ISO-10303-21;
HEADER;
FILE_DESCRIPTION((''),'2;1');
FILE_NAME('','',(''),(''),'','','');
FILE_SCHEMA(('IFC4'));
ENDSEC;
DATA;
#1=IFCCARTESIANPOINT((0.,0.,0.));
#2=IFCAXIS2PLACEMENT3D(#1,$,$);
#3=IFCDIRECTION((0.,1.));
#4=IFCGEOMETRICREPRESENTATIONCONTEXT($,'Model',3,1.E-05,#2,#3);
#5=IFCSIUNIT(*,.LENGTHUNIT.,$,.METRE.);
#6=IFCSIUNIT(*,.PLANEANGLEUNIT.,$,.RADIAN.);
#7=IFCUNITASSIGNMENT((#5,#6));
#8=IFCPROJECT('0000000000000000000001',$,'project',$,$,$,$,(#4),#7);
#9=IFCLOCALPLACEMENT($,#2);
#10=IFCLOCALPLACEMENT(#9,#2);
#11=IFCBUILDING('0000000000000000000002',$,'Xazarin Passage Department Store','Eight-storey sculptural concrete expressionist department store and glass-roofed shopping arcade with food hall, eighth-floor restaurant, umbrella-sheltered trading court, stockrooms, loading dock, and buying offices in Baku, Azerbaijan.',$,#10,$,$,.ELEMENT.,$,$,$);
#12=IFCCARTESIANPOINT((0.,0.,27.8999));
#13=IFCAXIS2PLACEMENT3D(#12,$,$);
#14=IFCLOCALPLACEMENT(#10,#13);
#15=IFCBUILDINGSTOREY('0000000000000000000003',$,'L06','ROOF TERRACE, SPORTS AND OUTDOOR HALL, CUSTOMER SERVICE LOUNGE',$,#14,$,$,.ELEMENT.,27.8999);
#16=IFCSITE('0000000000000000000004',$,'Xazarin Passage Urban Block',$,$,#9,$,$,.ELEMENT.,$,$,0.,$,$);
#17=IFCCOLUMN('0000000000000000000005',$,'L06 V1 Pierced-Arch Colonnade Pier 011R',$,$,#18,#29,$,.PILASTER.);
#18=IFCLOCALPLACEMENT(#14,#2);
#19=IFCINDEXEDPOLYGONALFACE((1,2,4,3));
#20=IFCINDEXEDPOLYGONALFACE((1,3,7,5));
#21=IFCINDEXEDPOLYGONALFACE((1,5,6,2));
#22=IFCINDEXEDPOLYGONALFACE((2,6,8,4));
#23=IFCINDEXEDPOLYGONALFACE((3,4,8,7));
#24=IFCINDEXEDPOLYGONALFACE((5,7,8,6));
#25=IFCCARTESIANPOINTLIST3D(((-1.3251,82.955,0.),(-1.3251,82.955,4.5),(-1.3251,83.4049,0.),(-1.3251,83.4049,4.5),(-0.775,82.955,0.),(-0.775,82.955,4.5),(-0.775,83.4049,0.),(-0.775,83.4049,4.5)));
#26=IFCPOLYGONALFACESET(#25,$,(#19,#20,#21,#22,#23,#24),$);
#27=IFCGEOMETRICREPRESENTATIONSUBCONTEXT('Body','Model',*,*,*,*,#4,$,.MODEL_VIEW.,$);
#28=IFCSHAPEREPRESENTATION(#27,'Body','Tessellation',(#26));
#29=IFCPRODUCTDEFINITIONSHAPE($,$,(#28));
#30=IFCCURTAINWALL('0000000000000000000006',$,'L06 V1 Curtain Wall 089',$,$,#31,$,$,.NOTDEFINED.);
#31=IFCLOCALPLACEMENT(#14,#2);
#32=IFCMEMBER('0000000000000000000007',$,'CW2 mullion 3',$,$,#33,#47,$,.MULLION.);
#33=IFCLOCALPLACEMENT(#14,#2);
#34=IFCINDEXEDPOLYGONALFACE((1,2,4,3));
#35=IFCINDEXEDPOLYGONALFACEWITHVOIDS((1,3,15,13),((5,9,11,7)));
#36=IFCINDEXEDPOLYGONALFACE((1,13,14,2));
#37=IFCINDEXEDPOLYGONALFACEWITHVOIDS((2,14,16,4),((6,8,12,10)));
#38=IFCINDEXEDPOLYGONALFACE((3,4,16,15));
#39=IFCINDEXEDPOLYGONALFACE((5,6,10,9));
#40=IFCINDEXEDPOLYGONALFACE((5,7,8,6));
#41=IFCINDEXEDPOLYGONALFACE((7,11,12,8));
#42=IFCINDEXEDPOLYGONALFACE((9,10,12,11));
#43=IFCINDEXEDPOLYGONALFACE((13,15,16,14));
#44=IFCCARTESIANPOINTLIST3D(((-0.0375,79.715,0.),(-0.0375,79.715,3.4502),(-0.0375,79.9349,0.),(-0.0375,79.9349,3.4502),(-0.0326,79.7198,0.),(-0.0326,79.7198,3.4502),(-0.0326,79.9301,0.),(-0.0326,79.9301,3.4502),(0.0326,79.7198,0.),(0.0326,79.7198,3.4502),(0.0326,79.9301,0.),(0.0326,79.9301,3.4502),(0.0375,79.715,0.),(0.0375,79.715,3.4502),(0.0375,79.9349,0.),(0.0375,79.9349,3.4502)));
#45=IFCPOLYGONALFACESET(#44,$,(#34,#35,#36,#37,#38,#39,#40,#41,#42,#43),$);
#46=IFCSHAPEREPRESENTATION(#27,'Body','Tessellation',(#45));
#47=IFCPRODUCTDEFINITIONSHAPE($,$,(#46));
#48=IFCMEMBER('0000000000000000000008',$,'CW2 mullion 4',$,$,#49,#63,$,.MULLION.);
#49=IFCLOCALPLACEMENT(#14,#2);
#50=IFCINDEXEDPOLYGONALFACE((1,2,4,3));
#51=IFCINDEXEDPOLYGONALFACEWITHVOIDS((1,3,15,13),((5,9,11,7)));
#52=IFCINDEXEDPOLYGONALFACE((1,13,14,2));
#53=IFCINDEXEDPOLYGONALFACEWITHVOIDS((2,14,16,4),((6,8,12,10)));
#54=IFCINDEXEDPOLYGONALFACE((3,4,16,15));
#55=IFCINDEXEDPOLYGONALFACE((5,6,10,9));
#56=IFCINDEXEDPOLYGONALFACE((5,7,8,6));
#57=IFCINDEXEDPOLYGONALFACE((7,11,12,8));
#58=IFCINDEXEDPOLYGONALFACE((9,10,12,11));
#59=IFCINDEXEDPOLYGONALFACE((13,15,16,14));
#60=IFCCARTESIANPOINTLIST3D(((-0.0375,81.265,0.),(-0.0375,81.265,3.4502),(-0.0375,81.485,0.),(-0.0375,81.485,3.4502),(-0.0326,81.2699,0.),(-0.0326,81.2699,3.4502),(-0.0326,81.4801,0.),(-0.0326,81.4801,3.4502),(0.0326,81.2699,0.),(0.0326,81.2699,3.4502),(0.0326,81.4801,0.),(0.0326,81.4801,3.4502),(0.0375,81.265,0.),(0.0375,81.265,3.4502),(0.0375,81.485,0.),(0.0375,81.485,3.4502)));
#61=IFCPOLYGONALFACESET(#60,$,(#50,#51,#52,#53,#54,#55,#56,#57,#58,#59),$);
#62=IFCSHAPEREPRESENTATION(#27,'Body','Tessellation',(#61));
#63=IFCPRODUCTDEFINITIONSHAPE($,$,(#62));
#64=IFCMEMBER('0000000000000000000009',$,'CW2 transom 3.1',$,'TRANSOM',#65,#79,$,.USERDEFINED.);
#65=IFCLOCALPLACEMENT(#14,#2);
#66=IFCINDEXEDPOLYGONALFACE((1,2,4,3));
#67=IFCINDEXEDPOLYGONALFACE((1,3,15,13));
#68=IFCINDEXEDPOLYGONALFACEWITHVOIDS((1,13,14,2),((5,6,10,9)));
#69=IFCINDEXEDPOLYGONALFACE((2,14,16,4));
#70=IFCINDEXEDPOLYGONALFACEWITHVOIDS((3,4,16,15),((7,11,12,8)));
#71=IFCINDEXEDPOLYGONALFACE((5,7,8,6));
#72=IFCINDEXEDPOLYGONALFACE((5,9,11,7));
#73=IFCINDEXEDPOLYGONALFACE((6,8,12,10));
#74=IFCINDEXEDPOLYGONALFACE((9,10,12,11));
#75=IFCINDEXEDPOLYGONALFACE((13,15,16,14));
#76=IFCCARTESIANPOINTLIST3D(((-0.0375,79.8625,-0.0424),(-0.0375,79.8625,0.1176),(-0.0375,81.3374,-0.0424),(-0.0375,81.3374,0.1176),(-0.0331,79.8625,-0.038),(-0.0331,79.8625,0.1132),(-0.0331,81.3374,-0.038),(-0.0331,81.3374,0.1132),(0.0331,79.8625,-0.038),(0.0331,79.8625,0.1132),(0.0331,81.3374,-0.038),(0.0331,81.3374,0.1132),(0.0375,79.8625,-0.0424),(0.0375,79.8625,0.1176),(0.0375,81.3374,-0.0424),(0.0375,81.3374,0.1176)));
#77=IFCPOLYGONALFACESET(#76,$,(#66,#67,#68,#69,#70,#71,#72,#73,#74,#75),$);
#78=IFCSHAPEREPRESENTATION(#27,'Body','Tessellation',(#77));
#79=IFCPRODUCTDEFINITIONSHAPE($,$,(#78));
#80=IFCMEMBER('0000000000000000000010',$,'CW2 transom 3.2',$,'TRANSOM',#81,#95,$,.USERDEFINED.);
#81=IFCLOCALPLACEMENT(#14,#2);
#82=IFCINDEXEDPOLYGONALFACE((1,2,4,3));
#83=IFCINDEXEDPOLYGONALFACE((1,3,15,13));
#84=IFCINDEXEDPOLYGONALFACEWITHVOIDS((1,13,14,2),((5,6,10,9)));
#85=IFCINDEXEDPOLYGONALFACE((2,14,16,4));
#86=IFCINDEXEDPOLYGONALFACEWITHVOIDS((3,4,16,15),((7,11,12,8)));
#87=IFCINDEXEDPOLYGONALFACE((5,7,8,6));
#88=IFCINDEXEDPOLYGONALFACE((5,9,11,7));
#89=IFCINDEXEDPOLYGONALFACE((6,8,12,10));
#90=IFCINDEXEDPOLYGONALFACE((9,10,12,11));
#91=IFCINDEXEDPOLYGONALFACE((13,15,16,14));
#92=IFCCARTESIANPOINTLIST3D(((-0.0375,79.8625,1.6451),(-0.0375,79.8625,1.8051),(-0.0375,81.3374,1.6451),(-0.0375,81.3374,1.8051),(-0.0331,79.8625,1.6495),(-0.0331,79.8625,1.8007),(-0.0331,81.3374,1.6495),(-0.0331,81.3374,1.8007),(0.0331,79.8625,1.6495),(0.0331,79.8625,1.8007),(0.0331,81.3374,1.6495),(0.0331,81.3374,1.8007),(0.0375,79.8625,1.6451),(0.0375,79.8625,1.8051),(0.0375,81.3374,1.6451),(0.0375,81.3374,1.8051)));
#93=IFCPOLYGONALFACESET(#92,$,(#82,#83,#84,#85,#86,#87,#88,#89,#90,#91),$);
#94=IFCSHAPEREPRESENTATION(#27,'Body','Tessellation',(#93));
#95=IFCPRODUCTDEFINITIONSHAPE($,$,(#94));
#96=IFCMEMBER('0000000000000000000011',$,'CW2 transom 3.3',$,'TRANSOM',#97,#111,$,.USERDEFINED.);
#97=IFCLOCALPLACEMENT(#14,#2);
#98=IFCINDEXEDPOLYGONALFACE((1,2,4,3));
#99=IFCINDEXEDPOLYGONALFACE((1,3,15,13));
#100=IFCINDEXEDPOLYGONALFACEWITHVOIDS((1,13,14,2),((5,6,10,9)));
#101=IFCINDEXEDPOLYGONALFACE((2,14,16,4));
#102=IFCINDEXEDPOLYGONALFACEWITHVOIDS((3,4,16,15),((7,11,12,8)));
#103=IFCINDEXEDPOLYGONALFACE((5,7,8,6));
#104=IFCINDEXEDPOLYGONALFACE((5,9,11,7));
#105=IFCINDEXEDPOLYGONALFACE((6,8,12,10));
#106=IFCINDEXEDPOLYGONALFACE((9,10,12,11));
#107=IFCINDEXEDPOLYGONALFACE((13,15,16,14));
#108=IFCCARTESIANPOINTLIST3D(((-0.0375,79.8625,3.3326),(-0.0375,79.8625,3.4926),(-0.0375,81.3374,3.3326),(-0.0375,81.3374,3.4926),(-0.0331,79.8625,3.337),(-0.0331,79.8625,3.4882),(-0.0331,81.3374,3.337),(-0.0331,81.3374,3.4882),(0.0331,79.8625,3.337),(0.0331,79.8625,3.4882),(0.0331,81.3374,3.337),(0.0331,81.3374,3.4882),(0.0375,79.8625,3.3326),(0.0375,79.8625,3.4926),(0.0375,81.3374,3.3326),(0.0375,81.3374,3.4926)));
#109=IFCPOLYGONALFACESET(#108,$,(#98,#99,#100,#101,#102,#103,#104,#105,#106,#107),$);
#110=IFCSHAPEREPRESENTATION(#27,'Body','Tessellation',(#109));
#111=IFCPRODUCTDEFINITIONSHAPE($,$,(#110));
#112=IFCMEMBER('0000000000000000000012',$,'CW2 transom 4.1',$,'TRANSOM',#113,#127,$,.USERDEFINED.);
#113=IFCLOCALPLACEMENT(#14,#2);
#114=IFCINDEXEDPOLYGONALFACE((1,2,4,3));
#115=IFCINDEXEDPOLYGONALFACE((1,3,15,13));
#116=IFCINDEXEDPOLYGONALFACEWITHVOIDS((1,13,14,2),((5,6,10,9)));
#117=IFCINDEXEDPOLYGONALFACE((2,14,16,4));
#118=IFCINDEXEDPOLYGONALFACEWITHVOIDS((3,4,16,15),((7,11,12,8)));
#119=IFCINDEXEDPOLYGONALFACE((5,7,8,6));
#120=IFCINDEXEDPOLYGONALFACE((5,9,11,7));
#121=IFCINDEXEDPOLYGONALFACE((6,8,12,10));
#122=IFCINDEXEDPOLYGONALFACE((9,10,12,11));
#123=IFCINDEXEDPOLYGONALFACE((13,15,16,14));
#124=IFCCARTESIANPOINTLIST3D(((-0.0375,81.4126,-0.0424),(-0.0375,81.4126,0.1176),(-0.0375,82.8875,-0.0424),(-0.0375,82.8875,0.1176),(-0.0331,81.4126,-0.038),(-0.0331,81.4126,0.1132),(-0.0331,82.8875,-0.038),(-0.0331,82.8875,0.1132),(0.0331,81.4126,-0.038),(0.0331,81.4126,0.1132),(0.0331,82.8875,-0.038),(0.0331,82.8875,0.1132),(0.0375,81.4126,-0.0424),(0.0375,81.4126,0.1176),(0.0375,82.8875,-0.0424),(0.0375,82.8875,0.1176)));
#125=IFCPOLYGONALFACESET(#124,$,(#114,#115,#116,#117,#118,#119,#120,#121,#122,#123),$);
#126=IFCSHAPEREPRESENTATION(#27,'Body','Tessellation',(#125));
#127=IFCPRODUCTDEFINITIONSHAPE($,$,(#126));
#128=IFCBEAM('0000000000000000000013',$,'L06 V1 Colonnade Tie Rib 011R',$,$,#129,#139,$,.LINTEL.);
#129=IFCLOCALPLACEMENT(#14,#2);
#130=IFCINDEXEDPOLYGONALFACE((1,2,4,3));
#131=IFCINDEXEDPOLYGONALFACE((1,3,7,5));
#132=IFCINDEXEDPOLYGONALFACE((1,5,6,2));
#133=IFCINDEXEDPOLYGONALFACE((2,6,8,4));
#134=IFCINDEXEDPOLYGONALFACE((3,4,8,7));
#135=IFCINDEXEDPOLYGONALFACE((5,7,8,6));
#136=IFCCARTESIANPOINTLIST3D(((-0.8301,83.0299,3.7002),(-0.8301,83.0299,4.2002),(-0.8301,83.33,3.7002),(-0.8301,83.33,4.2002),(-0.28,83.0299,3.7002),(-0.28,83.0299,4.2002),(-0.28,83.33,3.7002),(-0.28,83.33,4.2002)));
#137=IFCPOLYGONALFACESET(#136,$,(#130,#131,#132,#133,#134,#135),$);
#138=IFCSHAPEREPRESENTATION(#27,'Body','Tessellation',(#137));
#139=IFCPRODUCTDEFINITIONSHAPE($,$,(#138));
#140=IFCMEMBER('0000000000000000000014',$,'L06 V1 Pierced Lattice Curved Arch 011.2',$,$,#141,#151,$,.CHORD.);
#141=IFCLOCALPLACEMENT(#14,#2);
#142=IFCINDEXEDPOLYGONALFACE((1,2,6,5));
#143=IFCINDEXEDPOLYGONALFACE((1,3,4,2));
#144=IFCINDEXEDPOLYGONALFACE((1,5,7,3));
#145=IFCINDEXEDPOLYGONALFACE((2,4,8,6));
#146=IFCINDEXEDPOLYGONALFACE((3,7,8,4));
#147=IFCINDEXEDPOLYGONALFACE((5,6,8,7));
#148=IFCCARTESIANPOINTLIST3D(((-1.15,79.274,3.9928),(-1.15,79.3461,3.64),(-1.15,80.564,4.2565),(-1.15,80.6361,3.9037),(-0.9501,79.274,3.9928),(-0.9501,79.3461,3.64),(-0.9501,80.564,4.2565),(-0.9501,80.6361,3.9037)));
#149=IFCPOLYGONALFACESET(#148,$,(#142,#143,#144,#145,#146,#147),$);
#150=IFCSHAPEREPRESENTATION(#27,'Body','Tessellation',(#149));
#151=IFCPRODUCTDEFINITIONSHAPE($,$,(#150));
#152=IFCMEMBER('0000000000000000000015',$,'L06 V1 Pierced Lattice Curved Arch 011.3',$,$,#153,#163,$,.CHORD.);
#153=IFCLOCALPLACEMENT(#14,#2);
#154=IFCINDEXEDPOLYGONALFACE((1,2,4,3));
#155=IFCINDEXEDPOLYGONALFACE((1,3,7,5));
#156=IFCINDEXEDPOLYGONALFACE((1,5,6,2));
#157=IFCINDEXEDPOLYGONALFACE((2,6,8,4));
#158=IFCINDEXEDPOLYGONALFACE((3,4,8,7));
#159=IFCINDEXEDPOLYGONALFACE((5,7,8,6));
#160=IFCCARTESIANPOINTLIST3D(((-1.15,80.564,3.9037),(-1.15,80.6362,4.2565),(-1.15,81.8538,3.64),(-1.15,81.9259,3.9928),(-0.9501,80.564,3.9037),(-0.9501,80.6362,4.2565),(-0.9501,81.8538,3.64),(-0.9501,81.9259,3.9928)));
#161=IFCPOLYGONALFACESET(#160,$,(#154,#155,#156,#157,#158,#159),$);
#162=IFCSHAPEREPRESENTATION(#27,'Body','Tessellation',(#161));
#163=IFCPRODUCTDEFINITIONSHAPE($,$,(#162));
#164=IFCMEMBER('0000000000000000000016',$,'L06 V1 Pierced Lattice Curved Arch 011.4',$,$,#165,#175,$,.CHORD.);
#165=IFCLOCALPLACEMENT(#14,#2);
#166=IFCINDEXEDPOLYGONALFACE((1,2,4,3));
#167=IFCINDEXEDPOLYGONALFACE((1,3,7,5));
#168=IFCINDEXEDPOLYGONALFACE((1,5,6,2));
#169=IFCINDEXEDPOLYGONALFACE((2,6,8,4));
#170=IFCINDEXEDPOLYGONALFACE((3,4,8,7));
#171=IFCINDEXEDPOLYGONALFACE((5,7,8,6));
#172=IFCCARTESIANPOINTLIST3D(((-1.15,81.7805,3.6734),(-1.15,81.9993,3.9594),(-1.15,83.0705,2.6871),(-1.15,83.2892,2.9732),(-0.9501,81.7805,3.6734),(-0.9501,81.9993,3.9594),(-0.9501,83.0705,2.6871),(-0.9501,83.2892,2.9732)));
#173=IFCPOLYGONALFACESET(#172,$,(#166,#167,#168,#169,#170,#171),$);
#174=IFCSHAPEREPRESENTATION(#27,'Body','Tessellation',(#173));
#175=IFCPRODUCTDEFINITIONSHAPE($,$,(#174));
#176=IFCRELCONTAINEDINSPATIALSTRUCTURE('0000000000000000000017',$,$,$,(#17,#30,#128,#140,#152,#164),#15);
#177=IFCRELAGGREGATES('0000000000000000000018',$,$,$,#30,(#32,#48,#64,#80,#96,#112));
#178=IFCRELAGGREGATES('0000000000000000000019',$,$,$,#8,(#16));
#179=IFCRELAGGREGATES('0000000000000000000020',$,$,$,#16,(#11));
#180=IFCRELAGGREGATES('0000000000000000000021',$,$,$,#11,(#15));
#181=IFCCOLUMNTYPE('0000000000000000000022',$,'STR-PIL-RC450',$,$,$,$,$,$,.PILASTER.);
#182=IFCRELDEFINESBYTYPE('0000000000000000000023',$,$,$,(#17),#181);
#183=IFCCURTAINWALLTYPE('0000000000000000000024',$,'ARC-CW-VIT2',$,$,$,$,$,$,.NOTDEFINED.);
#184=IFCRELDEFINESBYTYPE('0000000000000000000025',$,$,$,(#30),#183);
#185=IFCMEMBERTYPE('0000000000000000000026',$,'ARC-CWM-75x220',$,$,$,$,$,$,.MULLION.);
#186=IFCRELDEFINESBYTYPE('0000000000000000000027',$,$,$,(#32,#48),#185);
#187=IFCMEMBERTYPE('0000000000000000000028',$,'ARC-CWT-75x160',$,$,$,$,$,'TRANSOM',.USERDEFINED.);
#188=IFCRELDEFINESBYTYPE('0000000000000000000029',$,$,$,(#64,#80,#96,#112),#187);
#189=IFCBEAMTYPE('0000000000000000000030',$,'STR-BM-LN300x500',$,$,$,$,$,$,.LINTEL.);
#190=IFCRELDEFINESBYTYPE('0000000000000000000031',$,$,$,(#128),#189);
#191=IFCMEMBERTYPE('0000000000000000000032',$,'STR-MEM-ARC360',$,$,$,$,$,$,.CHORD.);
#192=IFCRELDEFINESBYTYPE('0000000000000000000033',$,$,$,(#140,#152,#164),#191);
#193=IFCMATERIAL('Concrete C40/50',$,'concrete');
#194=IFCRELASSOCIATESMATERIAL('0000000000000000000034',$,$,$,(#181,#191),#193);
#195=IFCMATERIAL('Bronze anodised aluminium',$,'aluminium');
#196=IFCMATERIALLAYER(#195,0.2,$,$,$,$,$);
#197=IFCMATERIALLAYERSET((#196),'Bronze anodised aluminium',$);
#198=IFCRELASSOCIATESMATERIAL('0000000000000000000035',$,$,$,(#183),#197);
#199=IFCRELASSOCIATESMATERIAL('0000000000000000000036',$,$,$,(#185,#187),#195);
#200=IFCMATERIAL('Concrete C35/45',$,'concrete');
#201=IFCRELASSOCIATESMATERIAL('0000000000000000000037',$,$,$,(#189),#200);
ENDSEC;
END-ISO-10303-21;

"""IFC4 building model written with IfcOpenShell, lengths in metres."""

from ifc_helpers import new_model, si_unit, direction, frame, origin, origin_2d, place, context, subcontext, project, spatial, rectangle, hollow_rectangle, extrude, material, layer, layer_set, material_profile, profile_set, type_object, element, aggregate, save


model = new_model("IFC4")

# Units and contexts
model_context = context("Model", 3, precision=1e-05, world=origin(), true_north=direction((0.0, 1.0)))
body_context = subcontext(model_context, "Body", "Model", "MODEL_VIEW")
ifc_project = project(units=[si_unit("LENGTHUNIT", "METRE"), si_unit("PLANEANGLEUNIT", "RADIAN")], contexts=[model_context])

# Site, building, storey
site_placement = place(None, origin())
site = spatial("IfcSite", under=ifc_project, at=site_placement, Name="Xazarin Passage Urban Block", CompositionType="ELEMENT", RefElevation=0.0)
building_placement = place(site_placement, origin())
building = spatial("IfcBuilding", under=site, at=building_placement, Name="Xazarin Passage Department Store", Description="Eight-storey sculptural concrete expressionist department store and glass-roofed shopping arcade with food hall, eighth-floor restaurant, umbrella-sheltered trading court, stockrooms, loading dock, and buying offices in Baku, Azerbaijan.", CompositionType="ELEMENT")
storey_placement = place(building_placement, frame((0.0, 0.0, 27.8999)))
storey = spatial("IfcBuildingStorey", under=building, at=storey_placement, Name="L06", Description="ROOF TERRACE, SPORTS AND OUTDOOR HALL, CUSTOMER SERVICE LOUNGE", CompositionType="ELEMENT", Elevation=27.8999)

# Column
ifc_material_1 = material(Name="Concrete C40/50", Category="concrete")
ifc_material_profile_1 = material_profile(ifc_material_1, rectangle(XDim=0.45, YDim=0.55, at=origin_2d()), Name="RC 450x550")
ifc_profile_set_1 = profile_set([ifc_material_profile_1], Name="Concrete C40/50")
column_type = type_object("IfcColumnType", Name="STR-PIL-RC450", PredefinedType="PILASTER", material=ifc_profile_set_1)
column_placement = place(storey_placement, frame((-1.05, 83.1799, 0.0), z_axis=(0.0, 0.0, 1.0), x_axis=(0.0, 1.0, 0.0)))
element("IfcColumn", 1, at=column_placement, inside=storey, type_object=column_type, Name="L06 V1 Pierced-Arch Colonnade Pier 011R", PredefinedType="PILASTER", context=body_context, shape_type="SweptSolid", body=[
    extrude(rectangle(XDim=0.45, YDim=0.55, at=origin_2d()), origin(), (0.0, 0.0, 1.0), 4.5),
])

# Curtain wall, members
ifc_material_2 = material(Name="Bronze anodised aluminium", Category="aluminium")
ifc_layer_1 = layer(ifc_material_2, 0.2)
ifc_layer_set_1 = layer_set([ifc_layer_1], Name="Bronze anodised aluminium")
curtain_wall_type = type_object("IfcCurtainWallType", Name="ARC-CW-VIT2", PredefinedType="NOTDEFINED", material=ifc_layer_set_1)
curtain_wall_placement = place(storey_placement, origin())
curtain_wall = element("IfcCurtainWall", 2, at=curtain_wall_placement, inside=storey, type_object=curtain_wall_type, Name="L06 V1 Curtain Wall 089", PredefinedType="NOTDEFINED")
ifc_material_profile_2 = material_profile(ifc_material_2, hollow_rectangle(XDim=0.075, YDim=0.22, WallThickness=0.0049, at=origin_2d()), Name="ALU 75x220")
ifc_profile_set_2 = profile_set([ifc_material_profile_2], Name="Bronze anodised aluminium")
member_type_1 = type_object("IfcMemberType", Name="ARC-CWM-75x220", PredefinedType="MULLION", material=ifc_profile_set_2)
member_1_placement = place(storey_placement, frame((0.0, 79.825, 0.0), z_axis=(0.0, 0.0, 1.0), x_axis=(-1.0, 0.0, 0.0)))
member_1 = element("IfcMember", 3, at=member_1_placement, type_object=member_type_1, Name="CW2 mullion 3", PredefinedType="MULLION", context=body_context, shape_type="SweptSolid", body=[
    extrude(hollow_rectangle(XDim=0.075, YDim=0.22, WallThickness=0.0049, at=origin_2d()), origin(), (0.0, 0.0, 1.0), 3.4502),
])
member_2_placement = place(storey_placement, frame((0.0, 81.375, 0.0), z_axis=(0.0, 0.0, 1.0), x_axis=(-1.0, 0.0, 0.0)))
member_2 = element("IfcMember", 4, at=member_2_placement, type_object=member_type_1, Name="CW2 mullion 4", PredefinedType="MULLION", context=body_context, shape_type="SweptSolid", body=[
    extrude(hollow_rectangle(XDim=0.075, YDim=0.22, WallThickness=0.0049, at=origin_2d()), origin(), (0.0, 0.0, 1.0), 3.4502),
])
ifc_material_profile_3 = material_profile(ifc_material_2, hollow_rectangle(XDim=0.075, YDim=0.1599, WallThickness=0.0044, at=origin_2d()), Name="ALU 75x160")
ifc_profile_set_3 = profile_set([ifc_material_profile_3], Name="Bronze anodised aluminium")
member_type_2 = type_object("IfcMemberType", Name="ARC-CWT-75x160", ElementType="TRANSOM", PredefinedType="USERDEFINED", material=ifc_profile_set_3)
member_3_placement = place(storey_placement, frame((0.0, 79.8625, 0.0376), z_axis=(0.0, 1.0, 0.0), x_axis=(-1.0, 0.0, 0.0)))
member_3 = element("IfcMember", 5, at=member_3_placement, type_object=member_type_2, Name="CW2 transom 3.1", ObjectType="TRANSOM", PredefinedType="USERDEFINED", context=body_context, shape_type="SweptSolid", body=[
    extrude(hollow_rectangle(XDim=0.075, YDim=0.1599, WallThickness=0.0044, at=origin_2d()), origin(), (0.0, 0.0, 1.0), 1.4749),
])
member_4_placement = place(storey_placement, frame((0.0, 79.8625, 1.7251), z_axis=(0.0, 1.0, 0.0), x_axis=(-1.0, 0.0, 0.0)))
member_4 = element("IfcMember", 6, at=member_4_placement, type_object=member_type_2, Name="CW2 transom 3.2", ObjectType="TRANSOM", PredefinedType="USERDEFINED", context=body_context, shape_type="SweptSolid", body=[
    extrude(hollow_rectangle(XDim=0.075, YDim=0.1599, WallThickness=0.0044, at=origin_2d()), origin(), (0.0, 0.0, 1.0), 1.4749),
])
member_5_placement = place(storey_placement, frame((0.0, 79.8625, 3.4126), z_axis=(0.0, 1.0, 0.0), x_axis=(-1.0, 0.0, 0.0)))
member_5 = element("IfcMember", 7, at=member_5_placement, type_object=member_type_2, Name="CW2 transom 3.3", ObjectType="TRANSOM", PredefinedType="USERDEFINED", context=body_context, shape_type="SweptSolid", body=[
    extrude(hollow_rectangle(XDim=0.075, YDim=0.1599, WallThickness=0.0044, at=origin_2d()), origin(), (0.0, 0.0, 1.0), 1.4749),
])
member_6_placement = place(storey_placement, frame((0.0, 81.4126, 0.0376), z_axis=(0.0, 1.0, 0.0), x_axis=(-1.0, 0.0, 0.0)))
member_6 = element("IfcMember", 8, at=member_6_placement, type_object=member_type_2, Name="CW2 transom 4.1", ObjectType="TRANSOM", PredefinedType="USERDEFINED", context=body_context, shape_type="SweptSolid", body=[
    extrude(hollow_rectangle(XDim=0.075, YDim=0.1599, WallThickness=0.0044, at=origin_2d()), origin(), (0.0, 0.0, 1.0), 1.4749),
])

# Beam
ifc_material_3 = material(Name="Concrete C35/45", Category="concrete")
ifc_material_profile_4 = material_profile(ifc_material_3, rectangle(XDim=0.3, YDim=0.5, at=origin_2d()), Name="RC 300x500")
ifc_profile_set_4 = profile_set([ifc_material_profile_4], Name="Concrete C35/45")
beam_type = type_object("IfcBeamType", Name="STR-BM-LN300x500", PredefinedType="LINTEL", material=ifc_profile_set_4)
beam_placement = place(storey_placement, frame((-0.28, 83.1799, 3.9502), z_axis=(-1.0, 0.0, 0.0), x_axis=(0.0, -1.0, 0.0)))
element("IfcBeam", 9, at=beam_placement, inside=storey, type_object=beam_type, Name="L06 V1 Colonnade Tie Rib 011R", PredefinedType="LINTEL", context=body_context, shape_type="SweptSolid", body=[
    extrude(rectangle(XDim=0.3, YDim=0.5, at=origin_2d()), origin(), (0.0, 0.0, 1.0), 0.55),
])

# Members
ifc_material_profile_5 = material_profile(ifc_material_1, rectangle(XDim=0.2, YDim=0.3601, at=origin_2d()), Name="RC 200x360")
ifc_profile_set_5 = profile_set([ifc_material_profile_5], Name="Concrete C40/50")
member_type_3 = type_object("IfcMemberType", Name="STR-MEM-ARC360", PredefinedType="CHORD", material=ifc_profile_set_5)
member_7_placement = place(storey_placement, frame((-1.05, 79.3101, 3.8164), z_axis=(0.0, 0.979745, 0.200251), x_axis=(-1.0, 0.0, 0.0)))
element("IfcMember", 10, at=member_7_placement, inside=storey, type_object=member_type_3, Name="L06 V1 Pierced Lattice Curved Arch 011.2", PredefinedType="CHORD", context=body_context, shape_type="SweptSolid", body=[
    extrude(rectangle(XDim=0.2, YDim=0.3601, at=origin_2d()), origin(), (0.0, 0.0, 1.0), 1.3167),
])
member_8_placement = place(storey_placement, frame((-1.05, 80.6001, 4.0801), z_axis=(0.0, 0.979737, -0.200287), x_axis=(-1.0, 0.0, 0.0)))
element("IfcMember", 11, at=member_8_placement, inside=storey, type_object=member_type_3, Name="L06 V1 Pierced Lattice Curved Arch 011.3", PredefinedType="CHORD", context=body_context, shape_type="SweptSolid", body=[
    extrude(rectangle(XDim=0.2, YDim=0.3601, at=origin_2d()), origin(), (0.0, 0.0, 1.0), 1.3164),
])
member_9_placement = place(storey_placement, frame((-1.05, 81.8899, 3.8164), z_axis=(0.0, 0.794409, -0.607383), x_axis=(-1.0, 0.0, 0.0)))
element("IfcMember", 12, at=member_9_placement, inside=storey, type_object=member_type_3, Name="L06 V1 Pierced Lattice Curved Arch 011.4", PredefinedType="CHORD", context=body_context, shape_type="SweptSolid", body=[
    extrude(rectangle(XDim=0.2, YDim=0.3601, at=origin_2d()), origin(), (0.0, 0.0, 1.0), 1.6238),
])

aggregate(curtain_wall, [member_1, member_2, member_3, member_4, member_5, member_6])

save(model, "model.ifc")
